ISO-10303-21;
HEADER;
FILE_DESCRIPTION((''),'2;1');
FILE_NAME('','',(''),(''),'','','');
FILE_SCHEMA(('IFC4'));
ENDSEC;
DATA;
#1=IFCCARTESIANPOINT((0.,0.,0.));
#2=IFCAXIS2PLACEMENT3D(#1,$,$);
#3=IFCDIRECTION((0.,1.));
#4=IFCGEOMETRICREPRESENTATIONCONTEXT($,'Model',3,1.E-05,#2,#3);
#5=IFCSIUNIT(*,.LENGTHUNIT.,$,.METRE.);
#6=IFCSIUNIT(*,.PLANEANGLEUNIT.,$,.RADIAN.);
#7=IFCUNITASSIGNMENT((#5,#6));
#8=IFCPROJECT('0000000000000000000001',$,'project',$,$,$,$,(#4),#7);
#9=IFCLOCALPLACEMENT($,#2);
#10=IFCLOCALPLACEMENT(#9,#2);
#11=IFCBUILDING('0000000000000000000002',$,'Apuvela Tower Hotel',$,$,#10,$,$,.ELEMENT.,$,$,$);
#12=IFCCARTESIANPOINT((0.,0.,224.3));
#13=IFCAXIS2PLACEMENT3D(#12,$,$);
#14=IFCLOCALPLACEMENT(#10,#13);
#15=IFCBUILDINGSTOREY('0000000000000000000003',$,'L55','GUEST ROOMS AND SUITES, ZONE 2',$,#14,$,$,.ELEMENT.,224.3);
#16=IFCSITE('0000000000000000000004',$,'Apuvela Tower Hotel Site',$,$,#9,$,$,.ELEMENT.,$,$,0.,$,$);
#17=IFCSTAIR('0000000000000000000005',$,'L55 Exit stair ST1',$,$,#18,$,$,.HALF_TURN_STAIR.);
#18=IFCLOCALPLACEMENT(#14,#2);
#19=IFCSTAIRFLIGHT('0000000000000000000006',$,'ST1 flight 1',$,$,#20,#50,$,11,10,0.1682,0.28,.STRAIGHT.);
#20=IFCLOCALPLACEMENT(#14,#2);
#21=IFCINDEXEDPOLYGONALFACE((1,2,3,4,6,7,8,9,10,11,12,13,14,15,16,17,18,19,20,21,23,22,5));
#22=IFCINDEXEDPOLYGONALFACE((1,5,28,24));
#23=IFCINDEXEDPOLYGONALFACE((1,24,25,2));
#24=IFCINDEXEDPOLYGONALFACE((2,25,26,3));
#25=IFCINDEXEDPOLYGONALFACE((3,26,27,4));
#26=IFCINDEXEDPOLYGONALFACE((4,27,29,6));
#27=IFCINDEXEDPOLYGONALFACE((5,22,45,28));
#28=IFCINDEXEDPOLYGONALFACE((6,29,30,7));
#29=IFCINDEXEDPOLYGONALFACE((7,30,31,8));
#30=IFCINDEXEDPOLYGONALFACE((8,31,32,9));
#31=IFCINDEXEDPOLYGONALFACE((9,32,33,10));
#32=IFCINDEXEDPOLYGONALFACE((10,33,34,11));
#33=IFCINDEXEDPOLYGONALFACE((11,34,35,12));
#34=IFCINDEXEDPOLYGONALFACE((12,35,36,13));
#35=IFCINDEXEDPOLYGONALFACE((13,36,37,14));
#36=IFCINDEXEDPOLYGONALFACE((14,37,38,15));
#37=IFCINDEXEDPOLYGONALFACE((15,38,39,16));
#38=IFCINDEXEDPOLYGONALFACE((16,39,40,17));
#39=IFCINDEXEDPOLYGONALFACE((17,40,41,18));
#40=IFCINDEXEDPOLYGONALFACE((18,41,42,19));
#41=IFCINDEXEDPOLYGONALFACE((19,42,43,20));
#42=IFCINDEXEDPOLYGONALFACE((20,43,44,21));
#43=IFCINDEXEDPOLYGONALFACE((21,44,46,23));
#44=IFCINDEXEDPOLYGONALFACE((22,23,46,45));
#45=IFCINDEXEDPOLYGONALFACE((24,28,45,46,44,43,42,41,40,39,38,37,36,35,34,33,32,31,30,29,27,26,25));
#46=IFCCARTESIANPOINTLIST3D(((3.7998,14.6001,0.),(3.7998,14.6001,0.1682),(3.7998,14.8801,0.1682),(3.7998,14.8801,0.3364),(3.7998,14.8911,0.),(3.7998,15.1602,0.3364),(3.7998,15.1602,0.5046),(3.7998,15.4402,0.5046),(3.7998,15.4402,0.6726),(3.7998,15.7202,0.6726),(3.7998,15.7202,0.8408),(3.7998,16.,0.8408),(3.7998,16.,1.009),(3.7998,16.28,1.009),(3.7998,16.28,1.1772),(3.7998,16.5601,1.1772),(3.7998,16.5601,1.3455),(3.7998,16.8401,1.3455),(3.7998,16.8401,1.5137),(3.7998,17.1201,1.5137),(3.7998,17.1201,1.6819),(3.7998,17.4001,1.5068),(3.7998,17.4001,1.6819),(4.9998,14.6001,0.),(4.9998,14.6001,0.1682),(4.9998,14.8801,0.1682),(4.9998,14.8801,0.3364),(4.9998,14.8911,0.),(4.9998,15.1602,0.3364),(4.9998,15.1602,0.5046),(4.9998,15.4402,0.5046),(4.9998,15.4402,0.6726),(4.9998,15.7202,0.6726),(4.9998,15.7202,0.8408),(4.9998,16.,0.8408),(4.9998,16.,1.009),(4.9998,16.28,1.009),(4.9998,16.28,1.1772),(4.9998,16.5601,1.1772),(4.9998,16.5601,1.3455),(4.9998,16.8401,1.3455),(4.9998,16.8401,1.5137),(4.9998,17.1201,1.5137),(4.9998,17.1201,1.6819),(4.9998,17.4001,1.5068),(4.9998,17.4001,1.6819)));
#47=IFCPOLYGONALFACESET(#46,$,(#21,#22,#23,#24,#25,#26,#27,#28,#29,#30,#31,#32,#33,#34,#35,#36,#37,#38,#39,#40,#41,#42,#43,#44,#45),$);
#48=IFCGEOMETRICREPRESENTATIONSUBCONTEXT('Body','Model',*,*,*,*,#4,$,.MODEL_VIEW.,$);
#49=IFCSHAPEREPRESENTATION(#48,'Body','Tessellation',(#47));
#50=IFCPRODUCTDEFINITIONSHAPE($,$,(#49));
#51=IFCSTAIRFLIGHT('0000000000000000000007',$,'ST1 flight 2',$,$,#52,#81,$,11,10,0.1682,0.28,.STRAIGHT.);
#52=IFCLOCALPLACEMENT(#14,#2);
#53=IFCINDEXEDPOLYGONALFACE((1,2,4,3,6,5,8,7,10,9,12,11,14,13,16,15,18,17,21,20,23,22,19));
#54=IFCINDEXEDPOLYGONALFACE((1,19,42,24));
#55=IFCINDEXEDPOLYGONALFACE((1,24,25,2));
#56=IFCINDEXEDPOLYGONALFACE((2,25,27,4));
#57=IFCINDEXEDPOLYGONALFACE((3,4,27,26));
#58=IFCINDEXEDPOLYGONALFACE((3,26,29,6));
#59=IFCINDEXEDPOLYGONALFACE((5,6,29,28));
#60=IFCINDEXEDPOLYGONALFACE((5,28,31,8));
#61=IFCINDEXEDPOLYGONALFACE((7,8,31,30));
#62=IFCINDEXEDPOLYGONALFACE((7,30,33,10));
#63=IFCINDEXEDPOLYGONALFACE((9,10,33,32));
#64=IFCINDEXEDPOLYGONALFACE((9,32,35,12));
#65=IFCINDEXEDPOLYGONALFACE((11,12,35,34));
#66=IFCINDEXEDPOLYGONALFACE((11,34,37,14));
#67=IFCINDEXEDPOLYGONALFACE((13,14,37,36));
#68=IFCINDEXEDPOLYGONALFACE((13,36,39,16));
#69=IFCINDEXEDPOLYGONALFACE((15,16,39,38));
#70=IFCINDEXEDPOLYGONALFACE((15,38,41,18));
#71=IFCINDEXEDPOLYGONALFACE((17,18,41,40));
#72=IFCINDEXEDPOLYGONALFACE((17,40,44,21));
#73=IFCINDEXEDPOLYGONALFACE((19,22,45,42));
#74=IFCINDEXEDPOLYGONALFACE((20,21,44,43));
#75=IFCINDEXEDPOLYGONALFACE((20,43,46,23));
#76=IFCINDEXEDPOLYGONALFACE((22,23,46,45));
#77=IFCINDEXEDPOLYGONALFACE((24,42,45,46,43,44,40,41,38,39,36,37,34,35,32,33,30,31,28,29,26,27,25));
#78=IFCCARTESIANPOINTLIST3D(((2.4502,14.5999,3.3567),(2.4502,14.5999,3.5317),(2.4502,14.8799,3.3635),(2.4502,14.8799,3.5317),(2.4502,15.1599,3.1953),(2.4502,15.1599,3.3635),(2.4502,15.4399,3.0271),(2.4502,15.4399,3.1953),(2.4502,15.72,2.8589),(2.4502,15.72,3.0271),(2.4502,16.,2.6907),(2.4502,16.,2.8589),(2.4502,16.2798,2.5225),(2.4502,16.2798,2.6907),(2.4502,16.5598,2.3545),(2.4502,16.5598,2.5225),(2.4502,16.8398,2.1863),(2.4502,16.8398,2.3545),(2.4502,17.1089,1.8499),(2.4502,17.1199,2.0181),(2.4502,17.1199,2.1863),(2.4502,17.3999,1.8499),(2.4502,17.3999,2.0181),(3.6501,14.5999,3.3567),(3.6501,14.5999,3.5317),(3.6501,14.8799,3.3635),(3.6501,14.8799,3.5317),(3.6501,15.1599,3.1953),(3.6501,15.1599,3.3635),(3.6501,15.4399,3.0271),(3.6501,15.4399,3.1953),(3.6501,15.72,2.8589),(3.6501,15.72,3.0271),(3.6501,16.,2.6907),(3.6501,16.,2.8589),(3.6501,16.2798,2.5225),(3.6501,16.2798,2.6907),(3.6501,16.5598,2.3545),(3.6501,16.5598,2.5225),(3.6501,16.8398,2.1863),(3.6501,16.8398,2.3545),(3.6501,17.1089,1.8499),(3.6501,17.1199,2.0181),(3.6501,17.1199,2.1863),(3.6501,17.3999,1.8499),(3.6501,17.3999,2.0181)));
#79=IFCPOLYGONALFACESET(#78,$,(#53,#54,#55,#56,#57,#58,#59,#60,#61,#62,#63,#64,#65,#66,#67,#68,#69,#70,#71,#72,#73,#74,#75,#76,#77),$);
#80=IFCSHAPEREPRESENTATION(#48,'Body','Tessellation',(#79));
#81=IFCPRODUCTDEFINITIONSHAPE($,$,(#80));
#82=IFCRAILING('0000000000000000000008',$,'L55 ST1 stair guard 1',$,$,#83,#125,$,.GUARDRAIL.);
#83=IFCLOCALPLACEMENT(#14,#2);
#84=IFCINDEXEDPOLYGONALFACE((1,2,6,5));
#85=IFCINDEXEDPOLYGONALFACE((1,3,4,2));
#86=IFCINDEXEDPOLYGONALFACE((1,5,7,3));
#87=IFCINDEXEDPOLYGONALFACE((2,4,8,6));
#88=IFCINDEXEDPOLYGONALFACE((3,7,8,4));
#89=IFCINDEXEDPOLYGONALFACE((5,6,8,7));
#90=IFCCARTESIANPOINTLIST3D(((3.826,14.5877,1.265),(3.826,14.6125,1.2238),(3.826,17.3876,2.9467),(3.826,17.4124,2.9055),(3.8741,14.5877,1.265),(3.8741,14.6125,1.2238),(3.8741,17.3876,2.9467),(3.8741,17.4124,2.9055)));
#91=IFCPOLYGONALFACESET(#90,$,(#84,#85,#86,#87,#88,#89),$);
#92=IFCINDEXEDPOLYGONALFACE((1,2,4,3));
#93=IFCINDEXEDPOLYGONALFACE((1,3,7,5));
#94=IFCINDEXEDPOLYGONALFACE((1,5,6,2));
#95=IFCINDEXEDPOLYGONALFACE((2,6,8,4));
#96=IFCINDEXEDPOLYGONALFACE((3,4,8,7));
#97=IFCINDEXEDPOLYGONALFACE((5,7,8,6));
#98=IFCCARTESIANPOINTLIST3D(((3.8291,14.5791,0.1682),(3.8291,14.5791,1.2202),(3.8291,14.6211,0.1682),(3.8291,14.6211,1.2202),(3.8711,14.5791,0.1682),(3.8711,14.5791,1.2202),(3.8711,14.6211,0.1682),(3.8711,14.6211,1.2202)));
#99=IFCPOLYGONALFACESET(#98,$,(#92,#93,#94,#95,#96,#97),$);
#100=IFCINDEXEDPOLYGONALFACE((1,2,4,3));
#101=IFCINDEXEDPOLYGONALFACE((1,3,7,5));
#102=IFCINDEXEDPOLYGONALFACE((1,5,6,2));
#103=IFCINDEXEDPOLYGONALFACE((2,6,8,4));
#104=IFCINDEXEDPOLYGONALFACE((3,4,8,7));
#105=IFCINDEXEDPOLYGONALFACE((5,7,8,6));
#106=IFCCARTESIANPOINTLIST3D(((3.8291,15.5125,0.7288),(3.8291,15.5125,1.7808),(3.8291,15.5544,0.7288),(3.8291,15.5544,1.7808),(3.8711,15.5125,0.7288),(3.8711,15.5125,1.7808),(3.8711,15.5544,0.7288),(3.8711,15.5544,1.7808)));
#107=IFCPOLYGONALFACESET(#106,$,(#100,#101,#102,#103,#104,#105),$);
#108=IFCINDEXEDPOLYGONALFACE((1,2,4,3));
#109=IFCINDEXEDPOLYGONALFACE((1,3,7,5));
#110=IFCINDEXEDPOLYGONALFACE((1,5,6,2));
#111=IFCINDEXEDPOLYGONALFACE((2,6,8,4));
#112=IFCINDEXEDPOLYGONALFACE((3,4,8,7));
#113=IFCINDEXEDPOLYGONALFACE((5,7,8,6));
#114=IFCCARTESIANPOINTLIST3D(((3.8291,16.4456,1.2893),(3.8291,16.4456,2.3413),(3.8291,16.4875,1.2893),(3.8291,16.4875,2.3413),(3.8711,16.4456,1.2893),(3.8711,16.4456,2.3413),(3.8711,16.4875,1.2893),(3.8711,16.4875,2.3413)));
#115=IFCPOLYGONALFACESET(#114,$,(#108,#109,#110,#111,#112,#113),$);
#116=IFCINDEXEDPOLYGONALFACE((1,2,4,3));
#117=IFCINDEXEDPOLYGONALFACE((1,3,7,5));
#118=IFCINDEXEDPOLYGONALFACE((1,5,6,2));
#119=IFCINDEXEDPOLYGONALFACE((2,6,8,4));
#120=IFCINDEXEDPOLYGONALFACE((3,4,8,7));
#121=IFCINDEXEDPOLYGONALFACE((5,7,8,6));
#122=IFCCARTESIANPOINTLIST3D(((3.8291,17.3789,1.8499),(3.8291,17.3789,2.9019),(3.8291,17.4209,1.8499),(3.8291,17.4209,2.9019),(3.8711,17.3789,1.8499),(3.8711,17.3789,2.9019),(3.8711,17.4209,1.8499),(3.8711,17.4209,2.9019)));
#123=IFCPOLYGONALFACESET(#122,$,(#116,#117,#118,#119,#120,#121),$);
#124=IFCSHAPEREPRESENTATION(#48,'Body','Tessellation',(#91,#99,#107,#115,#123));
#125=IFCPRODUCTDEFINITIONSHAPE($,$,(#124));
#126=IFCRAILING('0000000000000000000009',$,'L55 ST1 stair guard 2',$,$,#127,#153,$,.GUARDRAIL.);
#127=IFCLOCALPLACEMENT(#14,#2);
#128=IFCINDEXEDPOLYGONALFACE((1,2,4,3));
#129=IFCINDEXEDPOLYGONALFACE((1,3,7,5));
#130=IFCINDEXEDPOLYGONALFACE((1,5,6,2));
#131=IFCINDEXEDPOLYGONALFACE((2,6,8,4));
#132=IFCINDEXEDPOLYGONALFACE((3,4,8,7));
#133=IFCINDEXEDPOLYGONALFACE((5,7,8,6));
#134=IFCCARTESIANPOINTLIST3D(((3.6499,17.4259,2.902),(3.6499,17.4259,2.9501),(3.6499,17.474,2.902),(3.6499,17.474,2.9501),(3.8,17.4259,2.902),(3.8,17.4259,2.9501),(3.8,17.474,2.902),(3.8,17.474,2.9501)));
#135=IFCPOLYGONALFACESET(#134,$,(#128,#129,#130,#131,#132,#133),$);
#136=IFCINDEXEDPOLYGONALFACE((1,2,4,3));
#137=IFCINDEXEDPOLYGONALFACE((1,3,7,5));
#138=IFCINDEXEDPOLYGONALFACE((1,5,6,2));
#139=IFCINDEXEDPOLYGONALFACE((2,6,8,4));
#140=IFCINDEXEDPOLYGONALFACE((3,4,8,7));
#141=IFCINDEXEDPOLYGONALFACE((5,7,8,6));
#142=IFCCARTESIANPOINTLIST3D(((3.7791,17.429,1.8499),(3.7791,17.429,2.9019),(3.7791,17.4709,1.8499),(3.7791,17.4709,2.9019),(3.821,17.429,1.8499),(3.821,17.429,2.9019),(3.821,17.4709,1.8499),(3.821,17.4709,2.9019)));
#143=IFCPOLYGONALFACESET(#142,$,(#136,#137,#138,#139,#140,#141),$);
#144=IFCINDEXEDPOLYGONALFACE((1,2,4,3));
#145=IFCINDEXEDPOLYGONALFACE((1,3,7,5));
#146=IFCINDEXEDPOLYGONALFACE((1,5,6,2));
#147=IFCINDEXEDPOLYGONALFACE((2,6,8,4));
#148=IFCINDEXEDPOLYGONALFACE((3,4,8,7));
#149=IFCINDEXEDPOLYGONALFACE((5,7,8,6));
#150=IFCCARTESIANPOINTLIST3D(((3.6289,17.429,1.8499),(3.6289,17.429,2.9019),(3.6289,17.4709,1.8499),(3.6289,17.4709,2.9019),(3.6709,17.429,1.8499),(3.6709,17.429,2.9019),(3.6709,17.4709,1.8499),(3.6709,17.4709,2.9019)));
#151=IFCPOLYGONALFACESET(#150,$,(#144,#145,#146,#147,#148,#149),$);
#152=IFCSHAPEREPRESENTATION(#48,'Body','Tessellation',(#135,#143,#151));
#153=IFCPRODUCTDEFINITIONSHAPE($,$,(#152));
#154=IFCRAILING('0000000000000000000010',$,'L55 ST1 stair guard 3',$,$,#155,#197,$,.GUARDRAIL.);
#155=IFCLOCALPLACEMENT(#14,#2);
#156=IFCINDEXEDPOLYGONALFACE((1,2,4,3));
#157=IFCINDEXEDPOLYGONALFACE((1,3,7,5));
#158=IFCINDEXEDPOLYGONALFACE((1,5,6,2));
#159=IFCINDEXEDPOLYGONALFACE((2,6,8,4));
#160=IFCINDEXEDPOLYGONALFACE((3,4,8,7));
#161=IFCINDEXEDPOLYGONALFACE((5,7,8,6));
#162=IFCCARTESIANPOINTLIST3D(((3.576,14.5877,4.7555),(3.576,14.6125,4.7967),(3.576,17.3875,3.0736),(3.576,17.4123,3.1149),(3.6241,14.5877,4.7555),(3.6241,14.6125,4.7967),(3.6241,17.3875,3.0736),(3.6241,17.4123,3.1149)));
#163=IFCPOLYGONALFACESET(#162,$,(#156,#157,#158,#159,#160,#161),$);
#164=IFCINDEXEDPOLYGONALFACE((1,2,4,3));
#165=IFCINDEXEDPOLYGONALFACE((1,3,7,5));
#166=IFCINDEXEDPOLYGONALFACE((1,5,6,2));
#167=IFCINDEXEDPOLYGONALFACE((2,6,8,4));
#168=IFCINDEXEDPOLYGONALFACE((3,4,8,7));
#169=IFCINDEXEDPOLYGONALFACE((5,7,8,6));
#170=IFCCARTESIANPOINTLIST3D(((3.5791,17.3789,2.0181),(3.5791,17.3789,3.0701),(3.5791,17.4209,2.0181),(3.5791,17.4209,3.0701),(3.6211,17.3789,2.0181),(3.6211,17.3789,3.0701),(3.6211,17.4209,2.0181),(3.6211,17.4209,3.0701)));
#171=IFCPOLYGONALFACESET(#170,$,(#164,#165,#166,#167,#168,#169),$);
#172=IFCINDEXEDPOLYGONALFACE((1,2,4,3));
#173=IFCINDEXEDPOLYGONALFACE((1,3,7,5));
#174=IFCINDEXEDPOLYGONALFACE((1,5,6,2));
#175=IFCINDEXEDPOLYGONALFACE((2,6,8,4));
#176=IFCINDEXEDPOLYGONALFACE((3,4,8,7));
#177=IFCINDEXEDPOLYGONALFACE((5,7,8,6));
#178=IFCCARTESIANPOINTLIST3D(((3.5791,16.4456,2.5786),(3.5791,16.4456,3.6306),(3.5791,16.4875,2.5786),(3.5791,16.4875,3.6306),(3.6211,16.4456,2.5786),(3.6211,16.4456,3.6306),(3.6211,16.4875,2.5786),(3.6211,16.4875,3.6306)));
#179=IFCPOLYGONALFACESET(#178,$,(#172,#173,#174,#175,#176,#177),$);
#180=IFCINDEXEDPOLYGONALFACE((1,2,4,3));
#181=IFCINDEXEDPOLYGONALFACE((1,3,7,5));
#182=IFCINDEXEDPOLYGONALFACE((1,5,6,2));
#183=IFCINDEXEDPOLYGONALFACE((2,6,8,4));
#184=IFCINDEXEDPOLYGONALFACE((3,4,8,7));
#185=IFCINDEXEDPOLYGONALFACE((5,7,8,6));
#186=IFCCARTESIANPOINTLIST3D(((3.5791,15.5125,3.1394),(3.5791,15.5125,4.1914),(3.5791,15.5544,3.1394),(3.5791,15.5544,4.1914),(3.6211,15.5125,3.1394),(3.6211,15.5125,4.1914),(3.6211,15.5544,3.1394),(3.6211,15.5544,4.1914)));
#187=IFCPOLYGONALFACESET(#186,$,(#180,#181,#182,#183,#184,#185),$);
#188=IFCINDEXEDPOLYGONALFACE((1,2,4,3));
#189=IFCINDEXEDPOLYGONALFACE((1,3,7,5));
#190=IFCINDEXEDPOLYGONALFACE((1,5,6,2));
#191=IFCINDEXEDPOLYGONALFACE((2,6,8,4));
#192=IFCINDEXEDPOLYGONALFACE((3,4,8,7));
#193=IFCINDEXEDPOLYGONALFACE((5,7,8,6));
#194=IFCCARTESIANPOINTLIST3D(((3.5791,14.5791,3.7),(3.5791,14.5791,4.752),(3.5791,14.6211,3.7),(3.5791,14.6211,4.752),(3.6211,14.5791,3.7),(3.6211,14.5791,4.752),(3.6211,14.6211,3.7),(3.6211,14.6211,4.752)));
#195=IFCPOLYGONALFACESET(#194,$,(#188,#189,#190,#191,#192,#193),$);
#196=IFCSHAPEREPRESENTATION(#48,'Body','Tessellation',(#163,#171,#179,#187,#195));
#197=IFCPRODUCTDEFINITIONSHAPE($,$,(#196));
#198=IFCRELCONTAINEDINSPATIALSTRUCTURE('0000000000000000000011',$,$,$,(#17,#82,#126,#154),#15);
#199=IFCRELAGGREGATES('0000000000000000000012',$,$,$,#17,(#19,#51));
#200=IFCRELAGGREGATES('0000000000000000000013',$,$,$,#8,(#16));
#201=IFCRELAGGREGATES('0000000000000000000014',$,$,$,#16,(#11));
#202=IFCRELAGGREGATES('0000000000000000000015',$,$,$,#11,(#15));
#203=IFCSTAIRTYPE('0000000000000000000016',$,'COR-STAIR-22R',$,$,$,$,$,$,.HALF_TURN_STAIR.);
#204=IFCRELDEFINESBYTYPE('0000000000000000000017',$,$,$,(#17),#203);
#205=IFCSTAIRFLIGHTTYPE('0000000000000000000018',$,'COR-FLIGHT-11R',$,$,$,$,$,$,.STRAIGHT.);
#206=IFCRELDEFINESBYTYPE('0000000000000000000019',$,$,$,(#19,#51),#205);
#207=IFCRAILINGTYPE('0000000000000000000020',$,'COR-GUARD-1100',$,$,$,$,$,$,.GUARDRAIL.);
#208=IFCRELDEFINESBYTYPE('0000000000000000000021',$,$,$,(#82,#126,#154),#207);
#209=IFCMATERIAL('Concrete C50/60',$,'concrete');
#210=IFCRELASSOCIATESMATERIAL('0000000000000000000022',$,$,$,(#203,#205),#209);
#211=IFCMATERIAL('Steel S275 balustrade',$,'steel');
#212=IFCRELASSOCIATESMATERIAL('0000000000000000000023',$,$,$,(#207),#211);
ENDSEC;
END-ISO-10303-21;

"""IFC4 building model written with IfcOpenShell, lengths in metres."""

from ifc_helpers import new_model, si_unit, direction, frame, origin, origin_2d, place, context, subcontext, project, spatial, polyline, rectangle, outline, extrude, material, type_object, element, aggregate, save


model = new_model("IFC4")

# Units and contexts
model_context = context("Model", 3, precision=1e-05, world=origin(), true_north=direction((0.0, 1.0)))
body_context = subcontext(model_context, "Body", "Model", "MODEL_VIEW")
ifc_project = project(units=[si_unit("LENGTHUNIT", "METRE"), si_unit("PLANEANGLEUNIT", "RADIAN")], contexts=[model_context])

# Site, building, storey
site_placement = place(None, origin())
site = spatial("IfcSite", under=ifc_project, at=site_placement, Name="Apuvela Tower Hotel Site", CompositionType="ELEMENT", RefElevation=0.0)
building_placement = place(site_placement, origin())
building = spatial("IfcBuilding", under=site, at=building_placement, Name="Apuvela Tower Hotel", CompositionType="ELEMENT")
storey_placement = place(building_placement, frame((0.0, 0.0, 224.3)))
storey = spatial("IfcBuildingStorey", under=building, at=storey_placement, Name="L55", Description="GUEST ROOMS AND SUITES, ZONE 2", CompositionType="ELEMENT", Elevation=224.3)

# Shared definitions
ifc_material_1 = material(Name="Concrete C50/60", Category="concrete")

# Stair, stair flights
stair_type = type_object("IfcStairType", Name="COR-STAIR-22R", PredefinedType="HALF_TURN_STAIR", material=ifc_material_1)
stair_placement = place(storey_placement, origin())
stair = element("IfcStair", 1, at=stair_placement, inside=storey, type_object=stair_type, Name="L55 Exit stair ST1", PredefinedType="HALF_TURN_STAIR")
stair_flight_type = type_object("IfcStairFlightType", Name="COR-FLIGHT-11R", PredefinedType="STRAIGHT", material=ifc_material_1)
stair_flight_1_placement = place(storey_placement, frame((4.3999, 14.6001, 0.0), z_axis=(0.0, 0.0, 1.0), x_axis=(0.0, 1.0, 0.0)))
stair_flight_1 = element("IfcStairFlight", 2, at=stair_flight_1_placement, type_object=stair_flight_type, Name="ST1 flight 1", NumberOfRisers=11, NumberOfTreads=10, PredefinedType="STRAIGHT", RiserHeight=0.1682, TreadLength=0.28, context=body_context, shape_type="SweptSolid", body=[
    extrude(outline(polyline([(0.0, 0.0), (0.0, 0.1682), (0.28, 0.1682), (0.28, 0.3364), (0.5601, 0.3364), (0.5601, 0.5046), (0.8401, 0.5046), (0.8401, 0.6726), (1.1201, 0.6726), (1.1201, 0.8408), (1.3999, 0.8408), (1.3999, 1.009), (1.6799, 1.009), (1.6799, 1.1772), (1.96, 1.1772), (1.96, 1.3455), (2.24, 1.3455), (2.24, 1.5137), (2.52, 1.5137), (2.52, 1.6819), (2.8, 1.6819), (2.8, 1.8501), (2.8, 1.5068), (0.291, 0.0), (0.0, 0.0)])), frame((0.0, 0.6001, 0.0), z_axis=(0.0, -1.0, 0.0), x_axis=(1.0, 0.0, 0.0)), (0.0, 0.0, 1.0), 1.2),
])
stair_flight_2_placement = place(storey_placement, frame((3.05, 17.3999, 1.8499), z_axis=(0.0, 0.0, 1.0), x_axis=(0.0, -1.0, 0.0)))
stair_flight_2 = element("IfcStairFlight", 3, at=stair_flight_2_placement, type_object=stair_flight_type, Name="ST1 flight 2", NumberOfRisers=11, NumberOfTreads=10, PredefinedType="STRAIGHT", RiserHeight=0.1682, TreadLength=0.28, context=body_context, shape_type="SweptSolid", body=[
    extrude(outline(polyline([(0.0, 0.0), (0.0, 0.1682), (0.28, 0.1682), (0.28, 0.3364), (0.5601, 0.3364), (0.5601, 0.5046), (0.8401, 0.5046), (0.8401, 0.6726), (1.1201, 0.6726), (1.1201, 0.8408), (1.3999, 0.8408), (1.3999, 1.009), (1.6799, 1.009), (1.6799, 1.1772), (1.96, 1.1772), (1.96, 1.3455), (2.24, 1.3455), (2.24, 1.5137), (2.52, 1.5137), (2.52, 1.6819), (2.8, 1.6819), (2.8, 1.8501), (2.8, 1.5068), (0.291, 0.0), (0.0, 0.0)])), frame((0.0, 0.6001, 0.0), z_axis=(0.0, -1.0, 0.0), x_axis=(1.0, 0.0, 0.0)), (0.0, 0.0, 1.0), 1.2),
])
aggregate(stair, [stair_flight_1, stair_flight_2])

# Railings
ifc_material_2 = material(Name="Steel S275 balustrade", Category="steel")
railing_type_1 = type_object("IfcRailingType", Name="COR-GUARD-1100", PredefinedType="GUARDRAIL", material=ifc_material_2)
railing_1_placement = place(storey_placement, frame((3.8501, 14.6001, 0.1682)))
element("IfcRailing", 4, at=railing_1_placement, inside=storey, type_object=railing_type_1, Name="L55 ST1 stair guard 1", PredefinedType="GUARDRAIL", context=body_context, shape_type="SweptSolid", body=[
    extrude(rectangle(XDim=0.0481, YDim=0.0481, at=origin_2d()), frame((0.0, 0.0, 1.0762), z_axis=(0.0, 0.857255, 0.514891), x_axis=(-1.0, 0.0, 0.0)), (0.0, 0.0, 1.0), 3.2661),
    extrude(rectangle(XDim=0.042, YDim=0.042, at=origin_2d()), origin(), (0.0, 0.0, 1.0), 1.052),
    extrude(rectangle(XDim=0.042, YDim=0.042, at=origin_2d()), frame((0.0, 0.9333, 0.5605)), (0.0, 0.0, 1.0), 1.052),
    extrude(rectangle(XDim=0.042, YDim=0.042, at=origin_2d()), frame((0.0, 1.8665, 1.1211)), (0.0, 0.0, 1.0), 1.052),
    extrude(rectangle(XDim=0.042, YDim=0.042, at=origin_2d()), frame((0.0, 2.7998, 1.6816)), (0.0, 0.0, 1.0), 1.052),
])
railing_2_placement = place(storey_placement, frame((3.8, 17.45, 1.8499)))
element("IfcRailing", 5, at=railing_2_placement, inside=storey, type_object=railing_type_1, Name="L55 ST1 stair guard 2", PredefinedType="GUARDRAIL", context=body_context, shape_type="SweptSolid", body=[
    extrude(rectangle(XDim=0.0481, YDim=0.0481, at=origin_2d()), frame((0.0, 0.0, 1.0762), z_axis=(-1.0, 0.0, 0.0), x_axis=(0.0, -1.0, 0.0)), (0.0, 0.0, 1.0), 0.1501),
    extrude(rectangle(XDim=0.042, YDim=0.042, at=origin_2d()), origin(), (0.0, 0.0, 1.0), 1.052),
    extrude(rectangle(XDim=0.042, YDim=0.042, at=origin_2d()), frame((-0.1501, 0.0, 0.0)), (0.0, 0.0, 1.0), 1.052),
])
railing_3_placement = place(storey_placement, frame((3.6001, 17.3999, 2.0181)))
element("IfcRailing", 6, at=railing_3_placement, inside=storey, type_object=railing_type_1, Name="L55 ST1 stair guard 3", PredefinedType="GUARDRAIL", context=body_context, shape_type="SweptSolid", body=[
    extrude(rectangle(XDim=0.0481, YDim=0.0481, at=origin_2d()), frame((0.0, 0.0, 1.0762), z_axis=(0.0, -0.857222, 0.514946), x_axis=(1.0, 0.0, 0.0)), (0.0, 0.0, 1.0), 3.2661),
    extrude(rectangle(XDim=0.042, YDim=0.042, at=origin_2d()), origin(), (0.0, 0.0, 1.0), 1.052),
    extrude(rectangle(XDim=0.042, YDim=0.042, at=origin_2d()), frame((0.0, -0.9333, 0.5605)), (0.0, 0.0, 1.0), 1.052),
    extrude(rectangle(XDim=0.042, YDim=0.042, at=origin_2d()), frame((0.0, -1.8665, 1.1213)), (0.0, 0.0, 1.0), 1.052),
    extrude(rectangle(XDim=0.042, YDim=0.042, at=origin_2d()), frame((0.0, -2.7998, 1.6819)), (0.0, 0.0, 1.0), 1.052),
])

save(model, "model.ifc")
